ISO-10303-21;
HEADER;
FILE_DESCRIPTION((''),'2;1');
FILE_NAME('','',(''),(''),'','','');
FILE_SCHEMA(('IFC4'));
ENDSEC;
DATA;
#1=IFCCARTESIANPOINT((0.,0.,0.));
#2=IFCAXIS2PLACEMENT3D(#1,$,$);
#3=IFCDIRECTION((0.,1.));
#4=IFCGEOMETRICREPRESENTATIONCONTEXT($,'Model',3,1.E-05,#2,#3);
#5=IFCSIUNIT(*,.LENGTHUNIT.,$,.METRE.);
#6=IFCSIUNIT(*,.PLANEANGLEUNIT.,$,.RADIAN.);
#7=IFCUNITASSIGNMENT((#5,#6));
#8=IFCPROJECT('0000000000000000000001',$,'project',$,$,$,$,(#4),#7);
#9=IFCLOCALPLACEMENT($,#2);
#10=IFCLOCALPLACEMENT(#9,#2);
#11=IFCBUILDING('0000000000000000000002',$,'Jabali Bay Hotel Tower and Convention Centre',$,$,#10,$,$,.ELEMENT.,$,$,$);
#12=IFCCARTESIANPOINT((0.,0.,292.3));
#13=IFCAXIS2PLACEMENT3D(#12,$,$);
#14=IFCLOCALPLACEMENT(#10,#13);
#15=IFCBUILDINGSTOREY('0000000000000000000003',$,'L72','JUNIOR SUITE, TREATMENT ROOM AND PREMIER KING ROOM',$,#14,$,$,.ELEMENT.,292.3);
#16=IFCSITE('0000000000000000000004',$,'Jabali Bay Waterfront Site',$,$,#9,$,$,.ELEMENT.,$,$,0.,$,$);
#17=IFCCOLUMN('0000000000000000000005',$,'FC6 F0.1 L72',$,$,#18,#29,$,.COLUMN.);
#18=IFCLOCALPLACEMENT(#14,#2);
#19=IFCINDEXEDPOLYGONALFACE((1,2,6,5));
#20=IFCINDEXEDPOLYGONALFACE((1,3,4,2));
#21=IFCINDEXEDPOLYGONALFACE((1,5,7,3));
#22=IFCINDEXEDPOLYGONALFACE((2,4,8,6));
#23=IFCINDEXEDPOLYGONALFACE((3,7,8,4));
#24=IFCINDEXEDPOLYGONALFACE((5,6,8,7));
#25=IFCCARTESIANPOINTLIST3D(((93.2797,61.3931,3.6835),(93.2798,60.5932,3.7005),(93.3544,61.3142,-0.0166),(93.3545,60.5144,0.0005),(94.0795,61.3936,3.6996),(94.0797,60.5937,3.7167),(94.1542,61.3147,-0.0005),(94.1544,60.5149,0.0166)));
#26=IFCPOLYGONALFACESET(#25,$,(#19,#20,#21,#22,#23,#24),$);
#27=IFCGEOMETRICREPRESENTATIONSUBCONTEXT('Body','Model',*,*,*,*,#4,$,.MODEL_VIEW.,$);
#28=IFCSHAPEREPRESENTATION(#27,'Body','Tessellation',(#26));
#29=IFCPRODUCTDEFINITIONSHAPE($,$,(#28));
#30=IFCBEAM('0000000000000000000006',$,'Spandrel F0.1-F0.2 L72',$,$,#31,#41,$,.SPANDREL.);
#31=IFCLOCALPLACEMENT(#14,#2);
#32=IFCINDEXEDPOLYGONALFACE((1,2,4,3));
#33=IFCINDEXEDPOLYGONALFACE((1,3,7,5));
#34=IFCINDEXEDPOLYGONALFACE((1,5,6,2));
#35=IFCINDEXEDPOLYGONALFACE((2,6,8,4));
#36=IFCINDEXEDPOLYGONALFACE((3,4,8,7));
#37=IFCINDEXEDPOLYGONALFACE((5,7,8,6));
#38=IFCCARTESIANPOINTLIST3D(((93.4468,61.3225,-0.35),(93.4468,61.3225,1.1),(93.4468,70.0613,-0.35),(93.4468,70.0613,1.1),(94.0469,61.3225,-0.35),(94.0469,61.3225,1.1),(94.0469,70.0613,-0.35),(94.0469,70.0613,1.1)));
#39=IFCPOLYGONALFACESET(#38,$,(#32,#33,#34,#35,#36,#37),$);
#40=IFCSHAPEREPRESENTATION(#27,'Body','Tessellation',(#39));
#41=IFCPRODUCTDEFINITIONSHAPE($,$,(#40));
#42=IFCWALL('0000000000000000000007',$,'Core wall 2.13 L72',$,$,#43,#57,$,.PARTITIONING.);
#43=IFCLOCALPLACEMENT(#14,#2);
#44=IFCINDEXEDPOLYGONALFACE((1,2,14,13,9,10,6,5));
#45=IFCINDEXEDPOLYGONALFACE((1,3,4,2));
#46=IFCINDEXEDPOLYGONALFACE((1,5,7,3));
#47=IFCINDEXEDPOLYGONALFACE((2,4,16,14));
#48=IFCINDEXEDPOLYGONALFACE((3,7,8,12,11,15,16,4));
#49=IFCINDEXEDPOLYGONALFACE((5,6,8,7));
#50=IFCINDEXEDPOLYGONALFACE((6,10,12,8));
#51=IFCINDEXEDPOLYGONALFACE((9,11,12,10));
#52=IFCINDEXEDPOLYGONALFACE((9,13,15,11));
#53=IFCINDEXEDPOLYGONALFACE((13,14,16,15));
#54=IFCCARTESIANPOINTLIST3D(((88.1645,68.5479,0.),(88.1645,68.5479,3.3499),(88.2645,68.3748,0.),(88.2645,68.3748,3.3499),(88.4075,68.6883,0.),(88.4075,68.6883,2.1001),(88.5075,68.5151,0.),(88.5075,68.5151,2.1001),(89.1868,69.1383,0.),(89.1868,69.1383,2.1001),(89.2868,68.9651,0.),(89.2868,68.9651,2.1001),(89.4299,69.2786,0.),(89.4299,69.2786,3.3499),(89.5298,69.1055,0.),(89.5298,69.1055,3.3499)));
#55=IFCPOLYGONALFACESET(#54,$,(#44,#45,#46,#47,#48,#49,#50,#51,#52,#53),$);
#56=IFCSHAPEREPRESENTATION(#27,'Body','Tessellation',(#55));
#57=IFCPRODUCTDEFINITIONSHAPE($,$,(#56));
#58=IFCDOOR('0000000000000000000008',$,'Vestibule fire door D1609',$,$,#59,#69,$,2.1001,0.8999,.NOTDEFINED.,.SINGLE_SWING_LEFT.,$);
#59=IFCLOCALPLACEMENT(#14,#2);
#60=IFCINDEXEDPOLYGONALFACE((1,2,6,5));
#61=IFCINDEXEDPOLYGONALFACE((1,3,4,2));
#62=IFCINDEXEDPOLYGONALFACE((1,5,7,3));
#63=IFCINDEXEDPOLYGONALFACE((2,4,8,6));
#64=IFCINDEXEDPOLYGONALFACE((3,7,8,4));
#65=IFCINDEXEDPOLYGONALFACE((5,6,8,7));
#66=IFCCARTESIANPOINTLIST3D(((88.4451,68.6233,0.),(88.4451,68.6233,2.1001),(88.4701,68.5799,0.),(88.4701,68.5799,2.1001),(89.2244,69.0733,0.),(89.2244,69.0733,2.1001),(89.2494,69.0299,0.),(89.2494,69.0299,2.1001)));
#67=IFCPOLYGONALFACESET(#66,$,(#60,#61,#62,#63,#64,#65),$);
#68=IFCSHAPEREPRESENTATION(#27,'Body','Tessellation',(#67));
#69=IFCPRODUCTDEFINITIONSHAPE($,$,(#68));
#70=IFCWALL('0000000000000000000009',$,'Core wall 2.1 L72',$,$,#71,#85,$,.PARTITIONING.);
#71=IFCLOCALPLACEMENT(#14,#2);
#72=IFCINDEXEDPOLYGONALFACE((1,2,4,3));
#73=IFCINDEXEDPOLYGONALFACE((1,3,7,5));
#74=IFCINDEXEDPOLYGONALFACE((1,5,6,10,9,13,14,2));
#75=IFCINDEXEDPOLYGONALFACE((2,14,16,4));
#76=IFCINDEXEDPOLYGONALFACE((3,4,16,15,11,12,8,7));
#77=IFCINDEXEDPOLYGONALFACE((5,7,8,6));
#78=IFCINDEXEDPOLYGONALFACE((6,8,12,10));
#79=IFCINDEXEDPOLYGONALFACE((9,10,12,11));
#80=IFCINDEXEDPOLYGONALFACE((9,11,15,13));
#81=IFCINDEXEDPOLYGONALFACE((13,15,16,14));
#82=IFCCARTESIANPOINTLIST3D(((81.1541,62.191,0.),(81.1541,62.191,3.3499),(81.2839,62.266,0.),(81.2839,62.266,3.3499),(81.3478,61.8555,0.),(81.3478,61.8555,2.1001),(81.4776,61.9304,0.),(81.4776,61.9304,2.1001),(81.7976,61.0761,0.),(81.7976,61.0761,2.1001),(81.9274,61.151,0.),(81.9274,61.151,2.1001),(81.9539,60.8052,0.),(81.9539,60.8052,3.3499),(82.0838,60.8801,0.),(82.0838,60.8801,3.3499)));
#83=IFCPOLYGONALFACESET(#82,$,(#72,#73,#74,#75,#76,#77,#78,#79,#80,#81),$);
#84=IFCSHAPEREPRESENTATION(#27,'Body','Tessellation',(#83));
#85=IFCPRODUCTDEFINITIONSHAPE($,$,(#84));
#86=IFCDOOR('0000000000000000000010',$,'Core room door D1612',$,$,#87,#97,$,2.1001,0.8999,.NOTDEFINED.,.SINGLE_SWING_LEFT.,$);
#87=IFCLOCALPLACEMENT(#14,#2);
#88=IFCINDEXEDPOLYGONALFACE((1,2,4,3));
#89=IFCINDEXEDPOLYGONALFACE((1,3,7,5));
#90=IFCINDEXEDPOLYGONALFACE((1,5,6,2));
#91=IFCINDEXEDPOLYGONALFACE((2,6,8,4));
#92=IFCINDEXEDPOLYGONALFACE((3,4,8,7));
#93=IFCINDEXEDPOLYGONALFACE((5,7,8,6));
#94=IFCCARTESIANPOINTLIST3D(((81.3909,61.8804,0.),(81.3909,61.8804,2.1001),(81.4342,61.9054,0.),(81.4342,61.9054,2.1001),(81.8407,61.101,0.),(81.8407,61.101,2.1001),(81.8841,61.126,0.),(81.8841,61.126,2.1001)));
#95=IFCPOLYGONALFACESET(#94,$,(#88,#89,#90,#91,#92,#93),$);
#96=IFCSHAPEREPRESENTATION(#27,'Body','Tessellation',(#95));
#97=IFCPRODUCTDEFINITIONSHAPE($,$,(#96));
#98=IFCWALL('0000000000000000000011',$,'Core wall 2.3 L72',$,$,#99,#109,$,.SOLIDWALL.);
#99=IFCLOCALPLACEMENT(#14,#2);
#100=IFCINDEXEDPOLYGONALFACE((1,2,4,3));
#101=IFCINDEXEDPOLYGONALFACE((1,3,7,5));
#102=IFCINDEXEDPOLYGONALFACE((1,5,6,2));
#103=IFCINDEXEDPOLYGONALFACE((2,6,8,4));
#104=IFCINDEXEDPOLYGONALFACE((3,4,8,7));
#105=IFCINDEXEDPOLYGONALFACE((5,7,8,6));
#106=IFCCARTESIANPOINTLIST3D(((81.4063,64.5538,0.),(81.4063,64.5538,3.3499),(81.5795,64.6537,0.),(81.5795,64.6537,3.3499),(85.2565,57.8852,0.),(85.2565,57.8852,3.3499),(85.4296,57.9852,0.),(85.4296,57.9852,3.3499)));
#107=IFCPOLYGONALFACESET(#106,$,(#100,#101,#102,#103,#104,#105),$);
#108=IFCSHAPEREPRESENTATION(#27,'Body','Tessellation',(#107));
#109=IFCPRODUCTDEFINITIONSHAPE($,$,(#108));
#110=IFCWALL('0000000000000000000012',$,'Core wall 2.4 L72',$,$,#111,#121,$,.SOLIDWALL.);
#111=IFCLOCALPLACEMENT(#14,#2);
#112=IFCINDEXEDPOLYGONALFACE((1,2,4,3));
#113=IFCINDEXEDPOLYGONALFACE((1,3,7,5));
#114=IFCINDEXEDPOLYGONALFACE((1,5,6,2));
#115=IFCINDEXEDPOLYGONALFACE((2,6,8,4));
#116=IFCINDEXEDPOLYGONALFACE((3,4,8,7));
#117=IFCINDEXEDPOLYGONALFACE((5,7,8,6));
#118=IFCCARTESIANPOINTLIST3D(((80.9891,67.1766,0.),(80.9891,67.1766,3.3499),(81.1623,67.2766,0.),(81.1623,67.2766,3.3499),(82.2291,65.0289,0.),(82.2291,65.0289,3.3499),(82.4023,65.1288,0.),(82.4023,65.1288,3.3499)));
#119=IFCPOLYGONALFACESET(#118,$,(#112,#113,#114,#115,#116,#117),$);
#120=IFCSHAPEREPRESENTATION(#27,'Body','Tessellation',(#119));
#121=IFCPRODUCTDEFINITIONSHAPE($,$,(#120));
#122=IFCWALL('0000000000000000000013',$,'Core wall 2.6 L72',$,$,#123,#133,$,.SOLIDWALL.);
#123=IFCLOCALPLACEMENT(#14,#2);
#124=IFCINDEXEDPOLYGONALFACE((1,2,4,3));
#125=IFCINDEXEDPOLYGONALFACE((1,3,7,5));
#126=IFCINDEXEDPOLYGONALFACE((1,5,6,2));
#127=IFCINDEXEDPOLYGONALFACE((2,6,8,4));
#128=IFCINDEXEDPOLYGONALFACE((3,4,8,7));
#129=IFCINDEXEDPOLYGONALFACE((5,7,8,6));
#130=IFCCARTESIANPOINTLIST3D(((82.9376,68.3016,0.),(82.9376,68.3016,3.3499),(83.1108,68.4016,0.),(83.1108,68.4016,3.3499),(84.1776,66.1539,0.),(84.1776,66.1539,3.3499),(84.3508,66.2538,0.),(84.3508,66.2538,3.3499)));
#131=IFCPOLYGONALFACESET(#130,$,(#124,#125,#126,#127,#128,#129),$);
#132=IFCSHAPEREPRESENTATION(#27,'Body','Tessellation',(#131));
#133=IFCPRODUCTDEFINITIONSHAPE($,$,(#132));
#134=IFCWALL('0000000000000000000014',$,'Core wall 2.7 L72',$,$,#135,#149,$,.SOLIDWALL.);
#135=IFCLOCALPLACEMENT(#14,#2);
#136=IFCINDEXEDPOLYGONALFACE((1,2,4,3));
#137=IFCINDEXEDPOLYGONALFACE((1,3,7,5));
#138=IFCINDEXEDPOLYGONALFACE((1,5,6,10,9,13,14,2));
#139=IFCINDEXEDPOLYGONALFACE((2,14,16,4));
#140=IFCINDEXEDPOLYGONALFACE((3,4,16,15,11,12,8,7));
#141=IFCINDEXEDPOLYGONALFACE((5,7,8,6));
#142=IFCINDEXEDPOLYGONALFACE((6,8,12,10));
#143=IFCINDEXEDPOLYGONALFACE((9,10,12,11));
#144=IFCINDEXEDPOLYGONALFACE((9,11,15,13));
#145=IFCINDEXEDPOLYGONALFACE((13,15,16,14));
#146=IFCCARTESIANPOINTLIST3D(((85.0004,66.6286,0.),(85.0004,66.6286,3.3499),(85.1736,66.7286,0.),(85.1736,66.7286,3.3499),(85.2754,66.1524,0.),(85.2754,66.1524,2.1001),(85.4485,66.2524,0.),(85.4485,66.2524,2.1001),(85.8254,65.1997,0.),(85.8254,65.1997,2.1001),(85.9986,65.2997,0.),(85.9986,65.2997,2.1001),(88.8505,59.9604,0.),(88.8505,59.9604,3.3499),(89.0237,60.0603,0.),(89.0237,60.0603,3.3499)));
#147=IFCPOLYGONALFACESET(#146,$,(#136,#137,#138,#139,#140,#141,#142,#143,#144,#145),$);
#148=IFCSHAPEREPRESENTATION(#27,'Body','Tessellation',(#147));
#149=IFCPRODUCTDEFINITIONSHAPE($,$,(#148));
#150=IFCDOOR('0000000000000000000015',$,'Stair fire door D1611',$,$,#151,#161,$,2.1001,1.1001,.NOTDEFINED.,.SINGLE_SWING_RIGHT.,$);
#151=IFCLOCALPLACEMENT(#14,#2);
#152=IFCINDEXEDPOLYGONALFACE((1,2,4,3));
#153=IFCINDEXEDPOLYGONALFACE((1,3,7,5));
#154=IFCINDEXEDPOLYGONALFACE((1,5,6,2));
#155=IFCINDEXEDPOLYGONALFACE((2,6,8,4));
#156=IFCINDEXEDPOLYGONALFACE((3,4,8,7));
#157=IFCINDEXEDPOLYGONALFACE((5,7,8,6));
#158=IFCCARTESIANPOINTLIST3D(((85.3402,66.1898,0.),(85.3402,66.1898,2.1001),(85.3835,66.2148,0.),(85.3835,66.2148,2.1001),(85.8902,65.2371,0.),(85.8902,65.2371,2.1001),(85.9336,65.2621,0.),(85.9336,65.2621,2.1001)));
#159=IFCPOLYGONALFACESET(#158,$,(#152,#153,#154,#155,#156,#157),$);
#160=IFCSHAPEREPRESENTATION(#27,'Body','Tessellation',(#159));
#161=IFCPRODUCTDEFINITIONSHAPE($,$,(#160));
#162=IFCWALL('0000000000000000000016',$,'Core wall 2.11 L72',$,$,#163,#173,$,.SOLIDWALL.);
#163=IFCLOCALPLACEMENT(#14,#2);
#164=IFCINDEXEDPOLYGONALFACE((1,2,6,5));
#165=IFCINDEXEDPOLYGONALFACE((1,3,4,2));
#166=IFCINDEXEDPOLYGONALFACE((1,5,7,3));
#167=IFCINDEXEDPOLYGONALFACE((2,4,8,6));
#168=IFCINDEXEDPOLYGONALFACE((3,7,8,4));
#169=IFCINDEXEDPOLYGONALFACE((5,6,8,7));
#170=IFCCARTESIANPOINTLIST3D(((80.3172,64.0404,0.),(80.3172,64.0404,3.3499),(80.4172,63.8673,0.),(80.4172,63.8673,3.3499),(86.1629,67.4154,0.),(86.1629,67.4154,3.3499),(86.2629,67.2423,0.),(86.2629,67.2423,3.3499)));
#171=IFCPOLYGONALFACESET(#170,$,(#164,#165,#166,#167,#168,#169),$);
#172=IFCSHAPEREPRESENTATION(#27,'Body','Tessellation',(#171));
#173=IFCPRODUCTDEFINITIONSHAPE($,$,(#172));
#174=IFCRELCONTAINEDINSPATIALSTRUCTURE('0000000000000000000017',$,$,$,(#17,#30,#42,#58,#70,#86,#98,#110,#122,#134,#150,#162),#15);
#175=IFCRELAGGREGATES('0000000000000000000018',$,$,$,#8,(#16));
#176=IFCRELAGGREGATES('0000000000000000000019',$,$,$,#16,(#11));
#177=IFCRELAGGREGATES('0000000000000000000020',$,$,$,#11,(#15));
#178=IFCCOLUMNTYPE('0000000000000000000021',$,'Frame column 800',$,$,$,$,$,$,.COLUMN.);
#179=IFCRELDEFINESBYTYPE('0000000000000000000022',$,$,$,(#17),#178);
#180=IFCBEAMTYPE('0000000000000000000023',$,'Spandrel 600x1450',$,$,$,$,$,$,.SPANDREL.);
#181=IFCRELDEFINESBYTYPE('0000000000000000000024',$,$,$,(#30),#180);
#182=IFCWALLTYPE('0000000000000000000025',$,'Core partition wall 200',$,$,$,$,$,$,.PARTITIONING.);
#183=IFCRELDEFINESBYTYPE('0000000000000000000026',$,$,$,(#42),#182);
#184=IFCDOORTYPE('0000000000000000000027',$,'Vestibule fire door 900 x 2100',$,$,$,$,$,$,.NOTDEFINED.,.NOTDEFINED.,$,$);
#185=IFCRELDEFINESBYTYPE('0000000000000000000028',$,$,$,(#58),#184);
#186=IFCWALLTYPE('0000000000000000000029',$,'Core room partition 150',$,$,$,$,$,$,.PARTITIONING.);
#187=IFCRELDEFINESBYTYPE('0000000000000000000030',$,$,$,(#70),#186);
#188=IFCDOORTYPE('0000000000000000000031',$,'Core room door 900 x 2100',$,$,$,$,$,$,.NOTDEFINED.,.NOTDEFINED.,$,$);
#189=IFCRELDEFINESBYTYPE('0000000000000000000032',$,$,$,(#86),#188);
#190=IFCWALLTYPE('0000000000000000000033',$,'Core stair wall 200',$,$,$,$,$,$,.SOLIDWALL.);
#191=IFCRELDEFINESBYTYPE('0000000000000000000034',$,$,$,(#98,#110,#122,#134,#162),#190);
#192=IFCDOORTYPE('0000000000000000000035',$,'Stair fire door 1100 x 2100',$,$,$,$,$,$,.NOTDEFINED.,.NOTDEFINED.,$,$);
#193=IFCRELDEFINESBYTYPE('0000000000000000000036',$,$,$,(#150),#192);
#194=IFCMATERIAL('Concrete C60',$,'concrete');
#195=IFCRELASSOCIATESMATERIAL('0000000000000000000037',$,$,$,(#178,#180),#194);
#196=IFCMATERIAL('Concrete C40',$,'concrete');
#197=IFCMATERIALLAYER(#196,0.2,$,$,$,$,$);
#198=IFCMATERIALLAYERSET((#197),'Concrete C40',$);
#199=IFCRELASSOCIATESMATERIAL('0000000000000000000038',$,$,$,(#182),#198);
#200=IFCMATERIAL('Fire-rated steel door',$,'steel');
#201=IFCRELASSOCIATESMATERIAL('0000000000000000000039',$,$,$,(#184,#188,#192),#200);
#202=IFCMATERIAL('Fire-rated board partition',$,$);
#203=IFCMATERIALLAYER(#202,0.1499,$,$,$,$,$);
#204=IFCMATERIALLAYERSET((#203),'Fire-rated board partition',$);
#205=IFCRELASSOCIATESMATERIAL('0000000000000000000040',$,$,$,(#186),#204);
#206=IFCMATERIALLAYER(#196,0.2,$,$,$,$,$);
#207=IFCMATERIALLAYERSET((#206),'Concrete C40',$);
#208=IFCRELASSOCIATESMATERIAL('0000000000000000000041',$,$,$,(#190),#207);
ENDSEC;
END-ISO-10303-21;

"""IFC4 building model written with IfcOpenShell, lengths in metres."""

from ifc_helpers import new_model, si_unit, direction, frame, frame_2d, origin, origin_2d, place, context, subcontext, project, spatial, rectangle, extrude, material, layer, layer_set, material_profile, profile_set, type_object, element, fill, save


model = new_model("IFC4")

# Units and contexts
model_context = context("Model", 3, precision=1e-05, world=origin(), true_north=direction((0.0, 1.0)))
body_context = subcontext(model_context, "Body", "Model", "MODEL_VIEW")
ifc_project = project(units=[si_unit("LENGTHUNIT", "METRE"), si_unit("PLANEANGLEUNIT", "RADIAN")], contexts=[model_context])

# Site, building, storey
site_placement = place(None, origin())
site = spatial("IfcSite", under=ifc_project, at=site_placement, Name="Jabali Bay Waterfront Site", CompositionType="ELEMENT", RefElevation=0.0)
building_placement = place(site_placement, origin())
building = spatial("IfcBuilding", under=site, at=building_placement, Name="Jabali Bay Hotel Tower and Convention Centre", CompositionType="ELEMENT")
storey_placement = place(building_placement, frame((0.0, 0.0, 292.3)))
storey = spatial("IfcBuildingStorey", under=building, at=storey_placement, Name="L72", Description="JUNIOR SUITE, TREATMENT ROOM AND PREMIER KING ROOM", CompositionType="ELEMENT", Elevation=292.3)

# Column
ifc_material_1 = material(Name="Concrete C60", Category="concrete")
ifc_material_profile_1 = material_profile(ifc_material_1, rectangle(XDim=0.8, YDim=0.8, at=origin_2d()), Name="Frame column 800")
ifc_profile_set_1 = profile_set([ifc_material_profile_1], Name="Concrete C60")
column_type = type_object("IfcColumnType", Name="Frame column 800", PredefinedType="COLUMN", material=ifc_profile_set_1)
column_placement = place(storey_placement, frame((93.7544, 60.9146, 0.0), z_axis=(-0.020183, 0.021304, 0.999569), x_axis=(0.000222, -0.999773, 0.021313)))
element("IfcColumn", 1, at=column_placement, inside=storey, type_object=column_type, Name="FC6 F0.1 L72", PredefinedType="COLUMN", context=body_context, shape_type="SweptSolid", body=[
    extrude(rectangle(XDim=0.8, YDim=0.8, at=origin_2d()), origin(), (0.0, 0.0, 1.0), 3.7017),
])

# Beam
ifc_material_profile_2 = material_profile(ifc_material_1, rectangle(XDim=0.6001, YDim=1.45, at=origin_2d()), Name="Spandrel 600x1450")
ifc_profile_set_2 = profile_set([ifc_material_profile_2], Name="Concrete C60")
beam_type = type_object("IfcBeamType", Name="Spandrel 600x1450", PredefinedType="SPANDREL", material=ifc_profile_set_2)
beam_placement = place(storey_placement, frame((93.7468, 61.3225, 0.375), z_axis=(0.0, 1.0, 0.0), x_axis=(-1.0, 0.0, 0.0)))
element("IfcBeam", 2, at=beam_placement, inside=storey, type_object=beam_type, Name="Spandrel F0.1-F0.2 L72", PredefinedType="SPANDREL", context=body_context, shape_type="SweptSolid", body=[
    extrude(rectangle(XDim=0.6001, YDim=1.45, at=origin_2d()), origin(), (0.0, 0.0, 1.0), 8.7388),
])

# Walls, openings, doors
ifc_material_2 = material(Name="Concrete C40", Category="concrete")
ifc_layer_1 = layer(ifc_material_2, 0.2)
ifc_layer_set_1 = layer_set([ifc_layer_1], Name="Concrete C40")
wall_type_1 = type_object("IfcWallType", Name="Core partition wall 200", PredefinedType="PARTITIONING", material=ifc_layer_set_1)
wall_1_placement = place(storey_placement, frame((88.2146, 68.4614, 0.0), z_axis=(0.0, 0.0, 1.0), x_axis=(0.865982, 0.500074, 0.0)))
wall_1 = element("IfcWall", 3, at=wall_1_placement, inside=storey, type_object=wall_type_1, Name="Core wall 2.13 L72", PredefinedType="PARTITIONING", context=body_context, shape_type="SweptSolid", body=[
    extrude(rectangle(XDim=1.4612, YDim=0.2, at=frame_2d((0.7305, 0.0))), origin(), (0.0, 0.0, 1.0), 3.3499),
])
opening_1_placement = place(wall_1_placement, frame((0.2805, 0.0, 0.0)))
opening_1 = element("IfcOpeningElement", 4, at=opening_1_placement, cuts=wall_1, PredefinedType="OPENING", context=body_context, shape_type="SweptSolid", body=[
    extrude(rectangle(XDim=0.8999, YDim=2.1001, at=frame_2d((0.45, 1.05))), frame((0.0, 0.1104, 0.0), z_axis=(0.0, -1.0, 0.0), x_axis=(1.0, 0.0, 0.0)), (0.0, 0.0, 1.0), 0.2209),
])
ifc_material_3 = material(Name="Fire-rated steel door", Category="steel")
door_type_1 = type_object("IfcDoorType", Name="Vestibule fire door 900 x 2100", OperationType="NOTDEFINED", PredefinedType="NOTDEFINED", material=ifc_material_3)
door_1_placement = place(opening_1_placement, origin())
door_1 = element("IfcDoor", 5, at=door_1_placement, inside=storey, type_object=door_type_1, Name="Vestibule fire door D1609", OperationType="SINGLE_SWING_LEFT", OverallHeight=2.1001, OverallWidth=0.8999, PredefinedType="NOTDEFINED", context=body_context, shape_type="SweptSolid", body=[
    extrude(rectangle(XDim=0.8999, YDim=2.1001, at=frame_2d((0.45, 1.05))), frame((0.0, 0.0249, 0.0), z_axis=(0.0, -1.0, 0.0), x_axis=(1.0, 0.0, 0.0)), (0.0, 0.0, 1.0), 0.05),
])
fill(opening_1, door_1)
ifc_material_4 = material(Name="Fire-rated board partition")
ifc_layer_2 = layer(ifc_material_4, 0.1499)
ifc_layer_set_2 = layer_set([ifc_layer_2], Name="Fire-rated board partition")
wall_type_2 = type_object("IfcWallType", Name="Core room partition 150", PredefinedType="PARTITIONING", material=ifc_layer_set_2)
wall_2_placement = place(storey_placement, frame((81.219, 62.2285, 0.0), z_axis=(0.0, 0.0, 1.0), x_axis=(0.499881, -0.866094, 0.0)))
wall_2 = element("IfcWall", 6, at=wall_2_placement, inside=storey, type_object=wall_type_2, Name="Core wall 2.1 L72", PredefinedType="PARTITIONING", context=body_context, shape_type="SweptSolid", body=[
    extrude(rectangle(XDim=1.6001, YDim=0.1499, at=frame_2d((0.8, 0.0))), origin(), (0.0, 0.0, 1.0), 3.3499),
])
opening_2_placement = place(wall_2_placement, frame((0.3875, 0.0, 0.0)))
opening_2 = element("IfcOpeningElement", 7, at=opening_2_placement, cuts=wall_2, PredefinedType="OPENING", context=body_context, shape_type="SweptSolid", body=[
    extrude(rectangle(XDim=0.8999, YDim=2.1001, at=frame_2d((0.45, 1.05))), frame((0.0, 0.0854, 0.0), z_axis=(0.0, -1.0, 0.0), x_axis=(1.0, 0.0, 0.0)), (0.0, 0.0, 1.0), 0.1709),
])
door_type_2 = type_object("IfcDoorType", Name="Core room door 900 x 2100", OperationType="NOTDEFINED", PredefinedType="NOTDEFINED", material=ifc_material_3)
door_2_placement = place(opening_2_placement, origin())
door_2 = element("IfcDoor", 8, at=door_2_placement, inside=storey, type_object=door_type_2, Name="Core room door D1612", OperationType="SINGLE_SWING_LEFT", OverallHeight=2.1001, OverallWidth=0.8999, PredefinedType="NOTDEFINED", context=body_context, shape_type="SweptSolid", body=[
    extrude(rectangle(XDim=0.8999, YDim=2.1001, at=frame_2d((0.45, 1.05))), frame((0.0, 0.0249, 0.0), z_axis=(0.0, -1.0, 0.0), x_axis=(1.0, 0.0, 0.0)), (0.0, 0.0, 1.0), 0.05),
])
fill(opening_2, door_2)

# Walls
ifc_layer_3 = layer(ifc_material_2, 0.2)
ifc_layer_set_3 = layer_set([ifc_layer_3], Name="Concrete C40")
wall_type_3 = type_object("IfcWallType", Name="Core stair wall 200", PredefinedType="SOLIDWALL", material=ifc_layer_set_3)
wall_3_placement = place(storey_placement, frame((81.4929, 64.6038, 0.0), z_axis=(0.0, 0.0, 1.0), x_axis=(0.500006, -0.866022, 0.0)))
element("IfcWall", 9, at=wall_3_placement, inside=storey, type_object=wall_type_3, Name="Core wall 2.3 L72", PredefinedType="SOLIDWALL", context=body_context, shape_type="SweptSolid", body=[
    extrude(rectangle(XDim=7.7002, YDim=0.2, at=frame_2d((3.8501, 0.0))), origin(), (0.0, 0.0, 1.0), 3.3499),
])
for number, where, z_axis, x_axis, name in (
    (10, (81.0757, 67.2266, 0.0), (0.0, 0.0, 1.0), (0.500004, -0.866023, 0.0), "Core wall 2.4 L72"),
    (11, (83.0242, 68.3516, 0.0), (0.0, 0.0, 1.0), (0.500004, -0.866023, 0.0), "Core wall 2.6 L72"),
):
    element("IfcWall", number, at=place(storey_placement, frame(where, z_axis=z_axis, x_axis=x_axis)), inside=storey, type_object=wall_type_3, Name=name, PredefinedType="SOLIDWALL", context=body_context, shape_type="SweptSolid", body=[
        extrude(rectangle(XDim=2.48, YDim=0.2, at=frame_2d((1.24, 0.0))), origin(), (0.0, 0.0, 1.0), 3.3499),
    ])

# Wall, opening, door
wall_4_placement = place(storey_placement, frame((85.0869, 66.6787, 0.0), z_axis=(0.0, 0.0, 1.0), x_axis=(0.50002, -0.866014, 0.0)))
wall_4 = element("IfcWall", 12, at=wall_4_placement, inside=storey, type_object=wall_type_3, Name="Core wall 2.7 L72", PredefinedType="SOLIDWALL", context=body_context, shape_type="SweptSolid", body=[
    extrude(rectangle(XDim=7.7, YDim=0.2, at=frame_2d((3.8501, 0.0))), origin(), (0.0, 0.0, 1.0), 3.3499),
])
opening_3_placement = place(wall_4_placement, frame((0.55, 0.0, 0.0)))
opening_3 = element("IfcOpeningElement", 13, at=opening_3_placement, cuts=wall_4, PredefinedType="OPENING", context=body_context, shape_type="SweptSolid", body=[
    extrude(rectangle(XDim=1.1001, YDim=2.1001, at=frame_2d((0.55, 1.05))), frame((0.0, 0.1104, 0.0), z_axis=(0.0, -1.0, 0.0), x_axis=(1.0, 0.0, 0.0)), (0.0, 0.0, 1.0), 0.2209),
])
door_type_3 = type_object("IfcDoorType", Name="Stair fire door 1100 x 2100", OperationType="NOTDEFINED", PredefinedType="NOTDEFINED", material=ifc_material_3)
door_3_placement = place(opening_3_placement, origin())
door_3 = element("IfcDoor", 14, at=door_3_placement, inside=storey, type_object=door_type_3, Name="Stair fire door D1611", OperationType="SINGLE_SWING_RIGHT", OverallHeight=2.1001, OverallWidth=1.1001, PredefinedType="NOTDEFINED", context=body_context, shape_type="SweptSolid", body=[
    extrude(rectangle(XDim=1.1001, YDim=2.1001, at=frame_2d((0.55, 1.05))), frame((0.0, 0.0249, 0.0), z_axis=(0.0, -1.0, 0.0), x_axis=(1.0, 0.0, 0.0)), (0.0, 0.0, 1.0), 0.05),
])
fill(opening_3, door_3)

# Wall
wall_5_placement = place(storey_placement, frame((80.3672, 63.9539, 0.0), z_axis=(0.0, 0.0, 1.0), x_axis=(0.866027, 0.499998, 0.0)))
element("IfcWall", 15, at=wall_5_placement, inside=storey, type_object=wall_type_3, Name="Core wall 2.11 L72", PredefinedType="SOLIDWALL", context=body_context, shape_type="SweptSolid", body=[
    extrude(rectangle(XDim=6.75, YDim=0.2, at=frame_2d((3.375, 0.0))), origin(), (0.0, 0.0, 1.0), 3.3499),
])

save(model, "model.ifc")
